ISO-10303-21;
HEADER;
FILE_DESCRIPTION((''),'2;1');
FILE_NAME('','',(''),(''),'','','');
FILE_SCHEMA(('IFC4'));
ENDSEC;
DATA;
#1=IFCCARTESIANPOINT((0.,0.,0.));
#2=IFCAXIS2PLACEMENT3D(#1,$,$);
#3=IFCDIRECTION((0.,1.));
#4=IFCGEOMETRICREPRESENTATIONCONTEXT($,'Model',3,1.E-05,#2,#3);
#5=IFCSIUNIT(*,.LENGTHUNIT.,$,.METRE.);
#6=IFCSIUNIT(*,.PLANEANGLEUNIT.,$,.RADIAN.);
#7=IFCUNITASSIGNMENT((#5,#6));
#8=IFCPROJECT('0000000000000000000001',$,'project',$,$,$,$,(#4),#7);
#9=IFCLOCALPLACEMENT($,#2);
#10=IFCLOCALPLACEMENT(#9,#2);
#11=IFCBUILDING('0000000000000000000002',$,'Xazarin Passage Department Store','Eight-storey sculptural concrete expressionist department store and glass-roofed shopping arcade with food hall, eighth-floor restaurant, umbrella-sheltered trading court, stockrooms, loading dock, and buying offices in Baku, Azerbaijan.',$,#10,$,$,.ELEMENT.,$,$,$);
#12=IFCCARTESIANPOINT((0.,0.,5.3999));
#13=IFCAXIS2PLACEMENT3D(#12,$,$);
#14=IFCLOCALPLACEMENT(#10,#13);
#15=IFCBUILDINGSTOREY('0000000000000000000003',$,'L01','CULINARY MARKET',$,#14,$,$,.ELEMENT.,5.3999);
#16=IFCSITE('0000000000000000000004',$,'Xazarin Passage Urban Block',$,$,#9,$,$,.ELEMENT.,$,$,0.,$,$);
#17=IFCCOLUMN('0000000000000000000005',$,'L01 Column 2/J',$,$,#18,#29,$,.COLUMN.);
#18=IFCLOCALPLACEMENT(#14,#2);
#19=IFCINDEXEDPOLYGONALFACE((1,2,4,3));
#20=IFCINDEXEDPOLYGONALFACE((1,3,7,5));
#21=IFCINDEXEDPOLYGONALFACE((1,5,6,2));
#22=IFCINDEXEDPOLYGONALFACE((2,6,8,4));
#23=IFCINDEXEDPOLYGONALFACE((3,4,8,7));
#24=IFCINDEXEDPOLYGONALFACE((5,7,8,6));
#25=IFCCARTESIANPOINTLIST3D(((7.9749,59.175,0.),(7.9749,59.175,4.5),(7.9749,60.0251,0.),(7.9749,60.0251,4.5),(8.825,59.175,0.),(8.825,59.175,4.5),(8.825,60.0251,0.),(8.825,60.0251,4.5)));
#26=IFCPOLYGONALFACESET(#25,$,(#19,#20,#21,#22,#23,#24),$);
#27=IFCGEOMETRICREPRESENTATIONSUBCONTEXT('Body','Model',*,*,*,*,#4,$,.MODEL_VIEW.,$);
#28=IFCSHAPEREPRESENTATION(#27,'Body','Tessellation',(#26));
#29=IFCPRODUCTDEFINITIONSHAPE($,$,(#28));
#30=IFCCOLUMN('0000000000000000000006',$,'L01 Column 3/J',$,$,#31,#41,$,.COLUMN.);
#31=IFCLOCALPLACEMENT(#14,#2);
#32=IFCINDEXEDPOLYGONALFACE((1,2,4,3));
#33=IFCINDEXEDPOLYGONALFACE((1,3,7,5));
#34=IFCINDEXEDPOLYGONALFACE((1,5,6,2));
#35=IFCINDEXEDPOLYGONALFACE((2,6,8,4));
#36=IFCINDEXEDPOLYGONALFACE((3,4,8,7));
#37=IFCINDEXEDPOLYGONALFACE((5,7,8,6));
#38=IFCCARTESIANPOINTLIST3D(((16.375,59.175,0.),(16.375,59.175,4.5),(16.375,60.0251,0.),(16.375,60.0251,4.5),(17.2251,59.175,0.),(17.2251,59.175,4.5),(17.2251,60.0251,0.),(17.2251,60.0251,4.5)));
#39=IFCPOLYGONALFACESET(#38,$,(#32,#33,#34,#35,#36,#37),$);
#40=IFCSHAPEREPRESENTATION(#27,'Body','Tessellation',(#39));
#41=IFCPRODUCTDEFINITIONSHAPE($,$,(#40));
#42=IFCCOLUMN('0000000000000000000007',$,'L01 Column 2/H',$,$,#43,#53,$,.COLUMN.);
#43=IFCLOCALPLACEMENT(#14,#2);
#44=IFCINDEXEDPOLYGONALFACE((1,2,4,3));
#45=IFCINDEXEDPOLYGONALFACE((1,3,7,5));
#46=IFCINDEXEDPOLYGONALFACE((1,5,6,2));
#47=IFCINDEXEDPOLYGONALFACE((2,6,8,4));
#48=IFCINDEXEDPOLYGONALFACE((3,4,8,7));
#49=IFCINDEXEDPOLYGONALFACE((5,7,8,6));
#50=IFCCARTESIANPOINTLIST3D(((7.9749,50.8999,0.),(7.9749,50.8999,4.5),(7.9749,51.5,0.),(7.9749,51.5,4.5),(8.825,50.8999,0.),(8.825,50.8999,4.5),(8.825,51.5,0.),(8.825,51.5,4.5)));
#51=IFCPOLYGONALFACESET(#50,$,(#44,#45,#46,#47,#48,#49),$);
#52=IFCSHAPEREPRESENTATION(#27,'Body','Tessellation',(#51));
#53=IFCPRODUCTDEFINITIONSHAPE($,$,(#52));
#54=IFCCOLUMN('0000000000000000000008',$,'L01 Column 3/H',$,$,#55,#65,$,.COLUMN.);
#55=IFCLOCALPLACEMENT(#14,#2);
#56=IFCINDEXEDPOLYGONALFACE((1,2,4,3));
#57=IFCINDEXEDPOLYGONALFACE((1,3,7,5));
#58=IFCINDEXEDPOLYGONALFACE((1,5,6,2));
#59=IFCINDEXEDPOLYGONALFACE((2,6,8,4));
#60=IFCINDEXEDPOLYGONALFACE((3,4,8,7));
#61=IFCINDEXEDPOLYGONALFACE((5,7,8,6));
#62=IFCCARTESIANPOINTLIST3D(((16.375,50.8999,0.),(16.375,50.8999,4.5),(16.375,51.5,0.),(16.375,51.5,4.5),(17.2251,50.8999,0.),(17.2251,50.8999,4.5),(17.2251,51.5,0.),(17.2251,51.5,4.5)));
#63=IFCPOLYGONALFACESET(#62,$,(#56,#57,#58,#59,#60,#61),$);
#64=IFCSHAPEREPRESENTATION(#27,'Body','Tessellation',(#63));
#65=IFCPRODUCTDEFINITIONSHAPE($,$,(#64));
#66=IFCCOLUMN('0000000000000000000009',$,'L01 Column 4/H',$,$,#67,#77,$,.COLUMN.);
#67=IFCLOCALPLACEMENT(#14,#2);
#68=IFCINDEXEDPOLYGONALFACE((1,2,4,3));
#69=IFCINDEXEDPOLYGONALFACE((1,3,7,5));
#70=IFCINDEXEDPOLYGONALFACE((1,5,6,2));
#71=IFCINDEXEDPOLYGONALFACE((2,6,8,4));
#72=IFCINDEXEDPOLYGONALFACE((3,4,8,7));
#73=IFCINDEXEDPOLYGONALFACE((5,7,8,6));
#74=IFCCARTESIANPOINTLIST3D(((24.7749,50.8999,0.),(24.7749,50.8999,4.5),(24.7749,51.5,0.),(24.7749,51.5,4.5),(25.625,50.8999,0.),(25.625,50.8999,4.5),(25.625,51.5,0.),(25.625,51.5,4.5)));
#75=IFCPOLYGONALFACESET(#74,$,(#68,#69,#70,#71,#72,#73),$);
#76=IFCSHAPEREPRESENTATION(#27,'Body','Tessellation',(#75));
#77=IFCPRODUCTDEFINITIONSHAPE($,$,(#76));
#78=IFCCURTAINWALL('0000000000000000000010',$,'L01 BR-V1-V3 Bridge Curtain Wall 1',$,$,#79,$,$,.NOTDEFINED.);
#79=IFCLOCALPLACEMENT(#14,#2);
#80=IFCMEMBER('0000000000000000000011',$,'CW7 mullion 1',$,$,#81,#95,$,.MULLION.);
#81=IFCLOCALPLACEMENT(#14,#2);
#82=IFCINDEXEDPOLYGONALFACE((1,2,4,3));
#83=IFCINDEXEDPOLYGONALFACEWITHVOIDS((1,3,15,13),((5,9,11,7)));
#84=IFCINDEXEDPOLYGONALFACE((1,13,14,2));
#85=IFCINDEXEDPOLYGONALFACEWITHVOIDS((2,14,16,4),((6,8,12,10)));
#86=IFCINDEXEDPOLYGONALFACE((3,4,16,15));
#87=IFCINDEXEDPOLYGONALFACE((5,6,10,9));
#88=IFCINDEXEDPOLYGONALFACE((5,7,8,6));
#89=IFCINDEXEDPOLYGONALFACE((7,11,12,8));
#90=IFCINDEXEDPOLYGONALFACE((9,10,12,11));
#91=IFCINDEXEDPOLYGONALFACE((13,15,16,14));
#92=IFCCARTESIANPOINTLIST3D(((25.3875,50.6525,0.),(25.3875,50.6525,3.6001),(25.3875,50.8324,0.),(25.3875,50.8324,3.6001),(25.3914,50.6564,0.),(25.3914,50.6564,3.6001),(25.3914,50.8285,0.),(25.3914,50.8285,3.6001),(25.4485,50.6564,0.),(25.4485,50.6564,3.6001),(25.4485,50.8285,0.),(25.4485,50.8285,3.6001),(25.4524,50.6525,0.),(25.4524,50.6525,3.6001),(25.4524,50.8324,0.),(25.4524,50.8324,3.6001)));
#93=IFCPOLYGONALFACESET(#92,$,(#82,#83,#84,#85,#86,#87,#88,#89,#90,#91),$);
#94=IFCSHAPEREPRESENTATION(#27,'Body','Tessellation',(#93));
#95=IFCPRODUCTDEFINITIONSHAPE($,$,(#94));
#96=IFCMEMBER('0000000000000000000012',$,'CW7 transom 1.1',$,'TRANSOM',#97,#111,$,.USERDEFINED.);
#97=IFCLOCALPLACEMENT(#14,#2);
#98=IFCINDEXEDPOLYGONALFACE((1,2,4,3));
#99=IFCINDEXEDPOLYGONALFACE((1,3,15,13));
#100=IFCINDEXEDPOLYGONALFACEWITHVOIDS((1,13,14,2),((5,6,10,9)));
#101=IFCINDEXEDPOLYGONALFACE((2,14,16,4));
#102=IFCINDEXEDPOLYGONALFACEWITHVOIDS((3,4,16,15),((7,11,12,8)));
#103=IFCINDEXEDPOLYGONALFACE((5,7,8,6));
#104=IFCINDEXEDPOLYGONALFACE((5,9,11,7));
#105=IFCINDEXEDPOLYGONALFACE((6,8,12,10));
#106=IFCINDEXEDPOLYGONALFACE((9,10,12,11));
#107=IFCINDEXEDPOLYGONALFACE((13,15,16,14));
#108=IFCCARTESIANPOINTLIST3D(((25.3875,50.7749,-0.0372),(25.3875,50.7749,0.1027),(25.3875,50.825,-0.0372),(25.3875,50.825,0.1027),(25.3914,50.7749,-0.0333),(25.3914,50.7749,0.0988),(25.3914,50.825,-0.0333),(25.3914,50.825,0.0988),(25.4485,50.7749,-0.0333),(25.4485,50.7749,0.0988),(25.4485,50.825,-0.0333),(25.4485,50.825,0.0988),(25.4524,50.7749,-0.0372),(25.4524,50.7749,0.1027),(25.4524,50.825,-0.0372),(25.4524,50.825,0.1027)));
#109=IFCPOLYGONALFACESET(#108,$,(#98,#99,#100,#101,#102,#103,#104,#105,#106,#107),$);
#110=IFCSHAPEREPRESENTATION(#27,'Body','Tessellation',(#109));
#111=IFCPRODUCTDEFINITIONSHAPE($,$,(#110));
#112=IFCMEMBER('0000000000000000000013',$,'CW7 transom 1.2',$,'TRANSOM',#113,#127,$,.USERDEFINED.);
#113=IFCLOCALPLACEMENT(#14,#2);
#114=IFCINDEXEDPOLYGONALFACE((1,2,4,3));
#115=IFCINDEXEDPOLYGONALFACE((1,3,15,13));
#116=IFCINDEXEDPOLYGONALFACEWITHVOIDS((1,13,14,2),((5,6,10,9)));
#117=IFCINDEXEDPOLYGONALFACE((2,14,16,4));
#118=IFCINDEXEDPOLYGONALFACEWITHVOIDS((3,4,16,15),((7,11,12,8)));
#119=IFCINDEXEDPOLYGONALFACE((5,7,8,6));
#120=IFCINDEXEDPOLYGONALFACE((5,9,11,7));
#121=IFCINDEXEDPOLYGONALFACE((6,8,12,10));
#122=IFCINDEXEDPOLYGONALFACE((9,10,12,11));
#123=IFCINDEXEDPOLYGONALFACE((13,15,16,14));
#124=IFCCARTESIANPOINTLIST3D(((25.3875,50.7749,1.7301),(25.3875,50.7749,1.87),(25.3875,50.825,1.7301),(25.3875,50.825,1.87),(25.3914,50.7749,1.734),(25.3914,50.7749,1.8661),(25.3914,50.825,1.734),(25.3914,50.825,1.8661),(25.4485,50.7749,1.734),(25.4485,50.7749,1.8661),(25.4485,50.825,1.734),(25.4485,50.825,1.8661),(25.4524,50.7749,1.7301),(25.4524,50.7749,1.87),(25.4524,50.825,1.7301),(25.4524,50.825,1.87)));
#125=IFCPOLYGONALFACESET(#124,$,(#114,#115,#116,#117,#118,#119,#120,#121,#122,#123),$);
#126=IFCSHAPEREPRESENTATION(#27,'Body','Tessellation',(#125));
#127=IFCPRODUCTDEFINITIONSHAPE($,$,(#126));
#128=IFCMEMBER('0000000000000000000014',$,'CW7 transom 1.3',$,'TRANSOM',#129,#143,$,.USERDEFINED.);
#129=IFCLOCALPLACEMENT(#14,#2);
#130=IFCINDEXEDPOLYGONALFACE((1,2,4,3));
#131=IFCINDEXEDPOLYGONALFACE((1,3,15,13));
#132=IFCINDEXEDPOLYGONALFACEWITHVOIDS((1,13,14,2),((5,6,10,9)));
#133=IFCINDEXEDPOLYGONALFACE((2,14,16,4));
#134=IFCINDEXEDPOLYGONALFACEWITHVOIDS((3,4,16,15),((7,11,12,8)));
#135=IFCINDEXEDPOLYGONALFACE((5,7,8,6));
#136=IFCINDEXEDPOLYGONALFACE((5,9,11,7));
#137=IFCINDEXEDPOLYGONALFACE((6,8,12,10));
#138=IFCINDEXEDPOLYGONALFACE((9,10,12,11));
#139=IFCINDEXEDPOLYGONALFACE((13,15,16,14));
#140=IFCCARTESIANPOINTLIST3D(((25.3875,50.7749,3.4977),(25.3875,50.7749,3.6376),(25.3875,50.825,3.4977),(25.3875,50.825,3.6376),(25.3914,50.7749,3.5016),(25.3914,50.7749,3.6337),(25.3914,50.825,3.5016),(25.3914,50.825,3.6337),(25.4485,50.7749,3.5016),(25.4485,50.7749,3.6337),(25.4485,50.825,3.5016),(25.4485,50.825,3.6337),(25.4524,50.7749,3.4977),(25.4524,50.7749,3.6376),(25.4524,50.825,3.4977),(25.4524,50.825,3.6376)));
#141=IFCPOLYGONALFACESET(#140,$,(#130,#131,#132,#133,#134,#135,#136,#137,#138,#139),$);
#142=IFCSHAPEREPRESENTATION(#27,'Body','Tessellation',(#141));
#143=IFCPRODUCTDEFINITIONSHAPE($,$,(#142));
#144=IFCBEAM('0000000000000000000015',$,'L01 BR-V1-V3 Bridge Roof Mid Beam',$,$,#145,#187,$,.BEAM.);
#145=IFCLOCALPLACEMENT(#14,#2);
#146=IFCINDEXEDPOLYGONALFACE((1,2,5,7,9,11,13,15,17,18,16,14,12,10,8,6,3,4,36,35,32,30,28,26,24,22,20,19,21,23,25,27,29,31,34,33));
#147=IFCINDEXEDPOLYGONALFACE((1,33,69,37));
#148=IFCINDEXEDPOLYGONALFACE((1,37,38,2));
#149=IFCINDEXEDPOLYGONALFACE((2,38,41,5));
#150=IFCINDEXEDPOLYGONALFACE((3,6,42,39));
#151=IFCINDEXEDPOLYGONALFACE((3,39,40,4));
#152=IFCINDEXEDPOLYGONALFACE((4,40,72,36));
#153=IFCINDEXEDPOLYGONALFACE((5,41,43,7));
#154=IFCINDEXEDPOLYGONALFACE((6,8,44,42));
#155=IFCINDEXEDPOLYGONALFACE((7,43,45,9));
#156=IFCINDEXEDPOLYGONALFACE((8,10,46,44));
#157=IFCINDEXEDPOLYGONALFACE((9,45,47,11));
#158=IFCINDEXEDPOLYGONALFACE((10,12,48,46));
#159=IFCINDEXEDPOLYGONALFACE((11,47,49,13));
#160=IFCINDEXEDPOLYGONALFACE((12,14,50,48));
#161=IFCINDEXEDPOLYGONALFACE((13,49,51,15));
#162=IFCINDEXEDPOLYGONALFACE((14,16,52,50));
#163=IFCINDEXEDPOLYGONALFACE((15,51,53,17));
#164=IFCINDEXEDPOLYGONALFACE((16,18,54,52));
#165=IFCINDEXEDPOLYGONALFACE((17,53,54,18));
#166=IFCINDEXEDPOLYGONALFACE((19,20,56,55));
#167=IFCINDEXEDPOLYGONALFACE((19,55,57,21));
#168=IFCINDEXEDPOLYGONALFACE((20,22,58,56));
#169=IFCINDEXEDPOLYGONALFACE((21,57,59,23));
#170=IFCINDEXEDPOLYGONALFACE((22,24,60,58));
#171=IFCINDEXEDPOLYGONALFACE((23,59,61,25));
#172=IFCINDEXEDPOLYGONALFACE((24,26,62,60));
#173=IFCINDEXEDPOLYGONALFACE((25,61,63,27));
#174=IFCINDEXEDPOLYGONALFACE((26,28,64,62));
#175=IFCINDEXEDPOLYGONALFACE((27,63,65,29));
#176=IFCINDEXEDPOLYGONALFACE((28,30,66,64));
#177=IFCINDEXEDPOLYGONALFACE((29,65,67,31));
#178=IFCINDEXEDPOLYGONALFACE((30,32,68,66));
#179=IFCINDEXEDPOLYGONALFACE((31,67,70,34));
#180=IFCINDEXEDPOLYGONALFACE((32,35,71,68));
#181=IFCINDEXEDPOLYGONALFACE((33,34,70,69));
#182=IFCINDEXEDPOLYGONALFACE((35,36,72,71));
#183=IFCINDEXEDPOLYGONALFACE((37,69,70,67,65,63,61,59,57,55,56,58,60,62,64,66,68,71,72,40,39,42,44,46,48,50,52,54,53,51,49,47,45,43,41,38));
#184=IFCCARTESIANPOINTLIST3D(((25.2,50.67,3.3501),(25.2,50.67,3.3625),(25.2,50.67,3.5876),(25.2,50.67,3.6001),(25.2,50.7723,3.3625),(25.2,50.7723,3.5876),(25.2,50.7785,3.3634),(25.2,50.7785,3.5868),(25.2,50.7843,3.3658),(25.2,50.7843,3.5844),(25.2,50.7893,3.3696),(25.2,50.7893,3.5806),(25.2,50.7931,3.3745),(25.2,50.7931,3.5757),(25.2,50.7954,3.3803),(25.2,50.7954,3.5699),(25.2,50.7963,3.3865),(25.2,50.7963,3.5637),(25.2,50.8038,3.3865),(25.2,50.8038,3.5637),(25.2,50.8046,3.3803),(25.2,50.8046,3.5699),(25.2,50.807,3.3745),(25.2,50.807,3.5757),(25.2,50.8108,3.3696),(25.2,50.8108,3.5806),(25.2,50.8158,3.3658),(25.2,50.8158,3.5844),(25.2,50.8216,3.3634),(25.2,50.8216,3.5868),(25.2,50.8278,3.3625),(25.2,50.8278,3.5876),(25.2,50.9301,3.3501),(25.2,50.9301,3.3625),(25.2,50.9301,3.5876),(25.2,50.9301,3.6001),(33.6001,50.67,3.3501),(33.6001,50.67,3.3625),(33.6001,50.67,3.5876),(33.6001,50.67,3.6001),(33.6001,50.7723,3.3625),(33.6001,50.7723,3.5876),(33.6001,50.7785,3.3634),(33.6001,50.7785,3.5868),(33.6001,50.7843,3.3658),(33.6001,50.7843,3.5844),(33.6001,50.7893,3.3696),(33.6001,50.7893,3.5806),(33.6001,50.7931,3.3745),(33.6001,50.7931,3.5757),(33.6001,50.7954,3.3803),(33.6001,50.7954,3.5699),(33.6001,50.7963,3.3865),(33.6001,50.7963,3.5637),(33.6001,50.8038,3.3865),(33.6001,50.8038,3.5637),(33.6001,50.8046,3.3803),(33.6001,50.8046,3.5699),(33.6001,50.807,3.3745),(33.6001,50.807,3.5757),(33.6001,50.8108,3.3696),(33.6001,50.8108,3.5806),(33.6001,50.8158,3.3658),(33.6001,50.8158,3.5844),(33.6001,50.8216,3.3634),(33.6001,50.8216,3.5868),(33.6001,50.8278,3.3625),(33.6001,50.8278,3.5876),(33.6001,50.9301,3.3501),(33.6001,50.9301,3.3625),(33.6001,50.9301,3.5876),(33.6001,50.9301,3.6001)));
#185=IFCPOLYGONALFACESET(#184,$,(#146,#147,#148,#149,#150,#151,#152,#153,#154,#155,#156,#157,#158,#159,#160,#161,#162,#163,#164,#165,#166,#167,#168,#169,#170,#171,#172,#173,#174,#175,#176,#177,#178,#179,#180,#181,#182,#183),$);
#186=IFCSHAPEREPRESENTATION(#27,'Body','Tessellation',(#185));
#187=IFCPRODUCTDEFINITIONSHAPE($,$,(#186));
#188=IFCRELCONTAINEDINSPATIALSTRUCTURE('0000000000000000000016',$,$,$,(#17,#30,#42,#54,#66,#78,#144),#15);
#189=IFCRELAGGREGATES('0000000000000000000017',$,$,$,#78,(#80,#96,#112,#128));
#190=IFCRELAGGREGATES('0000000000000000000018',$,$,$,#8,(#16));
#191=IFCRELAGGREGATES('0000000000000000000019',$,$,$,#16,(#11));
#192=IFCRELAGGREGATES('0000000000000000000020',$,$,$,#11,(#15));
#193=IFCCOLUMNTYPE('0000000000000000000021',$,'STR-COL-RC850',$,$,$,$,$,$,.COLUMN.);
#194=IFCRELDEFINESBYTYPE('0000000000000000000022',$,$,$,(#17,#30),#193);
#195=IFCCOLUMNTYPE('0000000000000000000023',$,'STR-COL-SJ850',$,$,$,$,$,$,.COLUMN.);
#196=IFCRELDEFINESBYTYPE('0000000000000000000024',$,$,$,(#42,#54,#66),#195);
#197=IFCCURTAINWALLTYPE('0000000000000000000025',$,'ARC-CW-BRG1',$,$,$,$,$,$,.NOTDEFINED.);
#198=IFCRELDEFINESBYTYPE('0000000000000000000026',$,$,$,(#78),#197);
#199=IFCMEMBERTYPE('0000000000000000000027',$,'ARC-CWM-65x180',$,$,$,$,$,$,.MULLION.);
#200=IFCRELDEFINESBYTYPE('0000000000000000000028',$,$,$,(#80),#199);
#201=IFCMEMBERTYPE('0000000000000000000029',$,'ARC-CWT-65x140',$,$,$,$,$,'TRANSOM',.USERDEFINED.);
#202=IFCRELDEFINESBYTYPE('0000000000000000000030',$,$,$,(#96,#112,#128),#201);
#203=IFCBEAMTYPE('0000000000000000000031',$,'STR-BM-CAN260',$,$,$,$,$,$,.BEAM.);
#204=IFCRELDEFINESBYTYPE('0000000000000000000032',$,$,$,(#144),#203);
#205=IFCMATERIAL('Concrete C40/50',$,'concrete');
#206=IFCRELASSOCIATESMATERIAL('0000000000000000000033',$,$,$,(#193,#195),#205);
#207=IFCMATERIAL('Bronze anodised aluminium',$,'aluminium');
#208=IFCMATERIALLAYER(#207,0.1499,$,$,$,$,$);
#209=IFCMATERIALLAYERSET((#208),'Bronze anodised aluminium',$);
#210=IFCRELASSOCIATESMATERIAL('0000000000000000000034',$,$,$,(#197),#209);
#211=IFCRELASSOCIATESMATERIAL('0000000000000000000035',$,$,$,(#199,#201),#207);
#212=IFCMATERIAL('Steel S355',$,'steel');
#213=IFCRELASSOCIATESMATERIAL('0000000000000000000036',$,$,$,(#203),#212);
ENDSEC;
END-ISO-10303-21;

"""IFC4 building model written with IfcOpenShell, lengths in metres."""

from ifc_helpers import new_model, si_unit, direction, frame, origin, origin_2d, place, context, subcontext, project, spatial, rectangle, hollow_rectangle, i_section, extrude, material, layer, layer_set, material_profile, profile_set, type_object, element, aggregate, save


model = new_model("IFC4")

# Units and contexts
model_context = context("Model", 3, precision=1e-05, world=origin(), true_north=direction((0.0, 1.0)))
body_context = subcontext(model_context, "Body", "Model", "MODEL_VIEW")
ifc_project = project(units=[si_unit("LENGTHUNIT", "METRE"), si_unit("PLANEANGLEUNIT", "RADIAN")], contexts=[model_context])

# Site, building, storey
site_placement = place(None, origin())
site = spatial("IfcSite", under=ifc_project, at=site_placement, Name="Xazarin Passage Urban Block", CompositionType="ELEMENT", RefElevation=0.0)
building_placement = place(site_placement, origin())
building = spatial("IfcBuilding", under=site, at=building_placement, Name="Xazarin Passage Department Store", Description="Eight-storey sculptural concrete expressionist department store and glass-roofed shopping arcade with food hall, eighth-floor restaurant, umbrella-sheltered trading court, stockrooms, loading dock, and buying offices in Baku, Azerbaijan.", CompositionType="ELEMENT")
storey_placement = place(building_placement, frame((0.0, 0.0, 5.3999)))
storey = spatial("IfcBuildingStorey", under=building, at=storey_placement, Name="L01", Description="CULINARY MARKET", CompositionType="ELEMENT", Elevation=5.3999)

# Columns
ifc_material_1 = material(Name="Concrete C40/50", Category="concrete")
ifc_material_profile_1 = material_profile(ifc_material_1, rectangle(XDim=0.8501, YDim=0.8501, at=origin_2d()), Name="RC 850x850")
ifc_profile_set_1 = profile_set([ifc_material_profile_1], Name="Concrete C40/50")
column_type_1 = type_object("IfcColumnType", Name="STR-COL-RC850", PredefinedType="COLUMN", material=ifc_profile_set_1)
for number, where, z_axis, x_axis, name in (
    (1, (8.3999, 59.6001, 0.0), (0.0, 0.0, 1.0), (1.0, 0.0, 0.0), "L01 Column 2/J"),
    (2, (16.8, 59.6001, 0.0), (0.0, 0.0, 1.0), (1.0, 0.0, 0.0), "L01 Column 3/J"),
):
    element("IfcColumn", number, at=place(storey_placement, frame(where, z_axis=z_axis, x_axis=x_axis)), inside=storey, type_object=column_type_1, Name=name, PredefinedType="COLUMN", context=body_context, shape_type="SweptSolid", body=[
        extrude(rectangle(XDim=0.8501, YDim=0.8501, at=origin_2d()), origin(), (0.0, 0.0, 1.0), 4.5),
    ])
ifc_material_profile_2 = material_profile(ifc_material_1, rectangle(XDim=0.6001, YDim=0.8501, at=origin_2d()), Name="RC 600x850")
ifc_profile_set_2 = profile_set([ifc_material_profile_2], Name="Concrete C40/50")
column_type_2 = type_object("IfcColumnType", Name="STR-COL-SJ850", PredefinedType="COLUMN", material=ifc_profile_set_2)
for number, where, z_axis, x_axis, name in (
    (3, (8.3999, 51.2, 0.0), (0.0, 0.0, 1.0), (0.0, 1.0, 0.0), "L01 Column 2/H"),
    (4, (16.8, 51.2, 0.0), (0.0, 0.0, 1.0), (0.0, 1.0, 0.0), "L01 Column 3/H"),
    (5, (25.2, 51.2, 0.0), (0.0, 0.0, 1.0), (0.0, 1.0, 0.0), "L01 Column 4/H"),
):
    element("IfcColumn", number, at=place(storey_placement, frame(where, z_axis=z_axis, x_axis=x_axis)), inside=storey, type_object=column_type_2, Name=name, PredefinedType="COLUMN", context=body_context, shape_type="SweptSolid", body=[
        extrude(rectangle(XDim=0.6001, YDim=0.8501, at=origin_2d()), origin(), (0.0, 0.0, 1.0), 4.5),
    ])

# Curtain wall, members
ifc_material_2 = material(Name="Bronze anodised aluminium", Category="aluminium")
ifc_layer_1 = layer(ifc_material_2, 0.1499)
ifc_layer_set_1 = layer_set([ifc_layer_1], Name="Bronze anodised aluminium")
curtain_wall_type = type_object("IfcCurtainWallType", Name="ARC-CW-BRG1", PredefinedType="NOTDEFINED", material=ifc_layer_set_1)
curtain_wall_placement = place(storey_placement, origin())
curtain_wall = element("IfcCurtainWall", 6, at=curtain_wall_placement, inside=storey, type_object=curtain_wall_type, Name="L01 BR-V1-V3 Bridge Curtain Wall 1", PredefinedType="NOTDEFINED")
ifc_material_profile_3 = material_profile(ifc_material_2, hollow_rectangle(XDim=0.0649, YDim=0.1799, WallThickness=0.0039, at=origin_2d()), Name="ALU 65x180")
ifc_profile_set_3 = profile_set([ifc_material_profile_3], Name="Bronze anodised aluminium")
member_type_1 = type_object("IfcMemberType", Name="ARC-CWM-65x180", PredefinedType="MULLION", material=ifc_profile_set_3)
member_1_placement = place(storey_placement, frame((25.4199, 50.7424, 0.0), z_axis=(0.0, 0.0, 1.0), x_axis=(-1.0, 0.0, 0.0)))
member_1 = element("IfcMember", 7, at=member_1_placement, type_object=member_type_1, Name="CW7 mullion 1", PredefinedType="MULLION", context=body_context, shape_type="SweptSolid", body=[
    extrude(hollow_rectangle(XDim=0.0649, YDim=0.1799, WallThickness=0.0039, at=origin_2d()), origin(), (0.0, 0.0, 1.0), 3.6001),
])
ifc_material_profile_4 = material_profile(ifc_material_2, hollow_rectangle(XDim=0.0649, YDim=0.1399, WallThickness=0.0039, at=origin_2d()), Name="ALU 65x140")
ifc_profile_set_4 = profile_set([ifc_material_profile_4], Name="Bronze anodised aluminium")
member_type_2 = type_object("IfcMemberType", Name="ARC-CWT-65x140", ElementType="TRANSOM", PredefinedType="USERDEFINED", material=ifc_profile_set_4)
member_2_placement = place(storey_placement, frame((25.4199, 50.7749, 0.0327), z_axis=(0.0, 1.0, 0.0), x_axis=(-1.0, 0.0, 0.0)))
member_2 = element("IfcMember", 8, at=member_2_placement, type_object=member_type_2, Name="CW7 transom 1.1", ObjectType="TRANSOM", PredefinedType="USERDEFINED", context=body_context, shape_type="SweptSolid", body=[
    extrude(hollow_rectangle(XDim=0.0649, YDim=0.1399, WallThickness=0.0039, at=origin_2d()), origin(), (0.0, 0.0, 1.0), 0.05),
])
member_3_placement = place(storey_placement, frame((25.4199, 50.7749, 1.8), z_axis=(0.0, 1.0, 0.0), x_axis=(-1.0, 0.0, 0.0)))
member_3 = element("IfcMember", 9, at=member_3_placement, type_object=member_type_2, Name="CW7 transom 1.2", ObjectType="TRANSOM", PredefinedType="USERDEFINED", context=body_context, shape_type="SweptSolid", body=[
    extrude(hollow_rectangle(XDim=0.0649, YDim=0.1399, WallThickness=0.0039, at=origin_2d()), origin(), (0.0, 0.0, 1.0), 0.05),
])
member_4_placement = place(storey_placement, frame((25.4199, 50.7749, 3.5676), z_axis=(0.0, 1.0, 0.0), x_axis=(-1.0, 0.0, 0.0)))
member_4 = element("IfcMember", 10, at=member_4_placement, type_object=member_type_2, Name="CW7 transom 1.3", ObjectType="TRANSOM", PredefinedType="USERDEFINED", context=body_context, shape_type="SweptSolid", body=[
    extrude(hollow_rectangle(XDim=0.0649, YDim=0.1399, WallThickness=0.0039, at=origin_2d()), origin(), (0.0, 0.0, 1.0), 0.05),
])

# Beam
ifc_material_3 = material(Name="Steel S355", Category="steel")
ifc_material_profile_5 = material_profile(ifc_material_3, i_section(OverallWidth=0.26, OverallDepth=0.25, WebThickness=0.0076, FlangeThickness=0.0125, FilletRadius=0.0239, at=origin_2d()), Name="HEA 260")
ifc_profile_set_5 = profile_set([ifc_material_profile_5], Name="Steel S355")
beam_type_1 = type_object("IfcBeamType", Name="STR-BM-CAN260", PredefinedType="BEAM", material=ifc_profile_set_5)
beam_1_placement = place(storey_placement, frame((25.2, 50.8, 3.4751), z_axis=(1.0, 0.0, 0.0), x_axis=(0.0, 1.0, 0.0)))
element("IfcBeam", 11, at=beam_1_placement, inside=storey, type_object=beam_type_1, Name="L01 BR-V1-V3 Bridge Roof Mid Beam", PredefinedType="BEAM", context=body_context, shape_type="SweptSolid", body=[
    extrude(i_section(OverallWidth=0.26, OverallDepth=0.25, WebThickness=0.0076, FlangeThickness=0.0125, FilletRadius=0.0239, at=origin_2d()), origin(), (0.0, 0.0, 1.0), 8.4001),
])

aggregate(curtain_wall, [member_1, member_2, member_3, member_4])

save(model, "model.ifc")
